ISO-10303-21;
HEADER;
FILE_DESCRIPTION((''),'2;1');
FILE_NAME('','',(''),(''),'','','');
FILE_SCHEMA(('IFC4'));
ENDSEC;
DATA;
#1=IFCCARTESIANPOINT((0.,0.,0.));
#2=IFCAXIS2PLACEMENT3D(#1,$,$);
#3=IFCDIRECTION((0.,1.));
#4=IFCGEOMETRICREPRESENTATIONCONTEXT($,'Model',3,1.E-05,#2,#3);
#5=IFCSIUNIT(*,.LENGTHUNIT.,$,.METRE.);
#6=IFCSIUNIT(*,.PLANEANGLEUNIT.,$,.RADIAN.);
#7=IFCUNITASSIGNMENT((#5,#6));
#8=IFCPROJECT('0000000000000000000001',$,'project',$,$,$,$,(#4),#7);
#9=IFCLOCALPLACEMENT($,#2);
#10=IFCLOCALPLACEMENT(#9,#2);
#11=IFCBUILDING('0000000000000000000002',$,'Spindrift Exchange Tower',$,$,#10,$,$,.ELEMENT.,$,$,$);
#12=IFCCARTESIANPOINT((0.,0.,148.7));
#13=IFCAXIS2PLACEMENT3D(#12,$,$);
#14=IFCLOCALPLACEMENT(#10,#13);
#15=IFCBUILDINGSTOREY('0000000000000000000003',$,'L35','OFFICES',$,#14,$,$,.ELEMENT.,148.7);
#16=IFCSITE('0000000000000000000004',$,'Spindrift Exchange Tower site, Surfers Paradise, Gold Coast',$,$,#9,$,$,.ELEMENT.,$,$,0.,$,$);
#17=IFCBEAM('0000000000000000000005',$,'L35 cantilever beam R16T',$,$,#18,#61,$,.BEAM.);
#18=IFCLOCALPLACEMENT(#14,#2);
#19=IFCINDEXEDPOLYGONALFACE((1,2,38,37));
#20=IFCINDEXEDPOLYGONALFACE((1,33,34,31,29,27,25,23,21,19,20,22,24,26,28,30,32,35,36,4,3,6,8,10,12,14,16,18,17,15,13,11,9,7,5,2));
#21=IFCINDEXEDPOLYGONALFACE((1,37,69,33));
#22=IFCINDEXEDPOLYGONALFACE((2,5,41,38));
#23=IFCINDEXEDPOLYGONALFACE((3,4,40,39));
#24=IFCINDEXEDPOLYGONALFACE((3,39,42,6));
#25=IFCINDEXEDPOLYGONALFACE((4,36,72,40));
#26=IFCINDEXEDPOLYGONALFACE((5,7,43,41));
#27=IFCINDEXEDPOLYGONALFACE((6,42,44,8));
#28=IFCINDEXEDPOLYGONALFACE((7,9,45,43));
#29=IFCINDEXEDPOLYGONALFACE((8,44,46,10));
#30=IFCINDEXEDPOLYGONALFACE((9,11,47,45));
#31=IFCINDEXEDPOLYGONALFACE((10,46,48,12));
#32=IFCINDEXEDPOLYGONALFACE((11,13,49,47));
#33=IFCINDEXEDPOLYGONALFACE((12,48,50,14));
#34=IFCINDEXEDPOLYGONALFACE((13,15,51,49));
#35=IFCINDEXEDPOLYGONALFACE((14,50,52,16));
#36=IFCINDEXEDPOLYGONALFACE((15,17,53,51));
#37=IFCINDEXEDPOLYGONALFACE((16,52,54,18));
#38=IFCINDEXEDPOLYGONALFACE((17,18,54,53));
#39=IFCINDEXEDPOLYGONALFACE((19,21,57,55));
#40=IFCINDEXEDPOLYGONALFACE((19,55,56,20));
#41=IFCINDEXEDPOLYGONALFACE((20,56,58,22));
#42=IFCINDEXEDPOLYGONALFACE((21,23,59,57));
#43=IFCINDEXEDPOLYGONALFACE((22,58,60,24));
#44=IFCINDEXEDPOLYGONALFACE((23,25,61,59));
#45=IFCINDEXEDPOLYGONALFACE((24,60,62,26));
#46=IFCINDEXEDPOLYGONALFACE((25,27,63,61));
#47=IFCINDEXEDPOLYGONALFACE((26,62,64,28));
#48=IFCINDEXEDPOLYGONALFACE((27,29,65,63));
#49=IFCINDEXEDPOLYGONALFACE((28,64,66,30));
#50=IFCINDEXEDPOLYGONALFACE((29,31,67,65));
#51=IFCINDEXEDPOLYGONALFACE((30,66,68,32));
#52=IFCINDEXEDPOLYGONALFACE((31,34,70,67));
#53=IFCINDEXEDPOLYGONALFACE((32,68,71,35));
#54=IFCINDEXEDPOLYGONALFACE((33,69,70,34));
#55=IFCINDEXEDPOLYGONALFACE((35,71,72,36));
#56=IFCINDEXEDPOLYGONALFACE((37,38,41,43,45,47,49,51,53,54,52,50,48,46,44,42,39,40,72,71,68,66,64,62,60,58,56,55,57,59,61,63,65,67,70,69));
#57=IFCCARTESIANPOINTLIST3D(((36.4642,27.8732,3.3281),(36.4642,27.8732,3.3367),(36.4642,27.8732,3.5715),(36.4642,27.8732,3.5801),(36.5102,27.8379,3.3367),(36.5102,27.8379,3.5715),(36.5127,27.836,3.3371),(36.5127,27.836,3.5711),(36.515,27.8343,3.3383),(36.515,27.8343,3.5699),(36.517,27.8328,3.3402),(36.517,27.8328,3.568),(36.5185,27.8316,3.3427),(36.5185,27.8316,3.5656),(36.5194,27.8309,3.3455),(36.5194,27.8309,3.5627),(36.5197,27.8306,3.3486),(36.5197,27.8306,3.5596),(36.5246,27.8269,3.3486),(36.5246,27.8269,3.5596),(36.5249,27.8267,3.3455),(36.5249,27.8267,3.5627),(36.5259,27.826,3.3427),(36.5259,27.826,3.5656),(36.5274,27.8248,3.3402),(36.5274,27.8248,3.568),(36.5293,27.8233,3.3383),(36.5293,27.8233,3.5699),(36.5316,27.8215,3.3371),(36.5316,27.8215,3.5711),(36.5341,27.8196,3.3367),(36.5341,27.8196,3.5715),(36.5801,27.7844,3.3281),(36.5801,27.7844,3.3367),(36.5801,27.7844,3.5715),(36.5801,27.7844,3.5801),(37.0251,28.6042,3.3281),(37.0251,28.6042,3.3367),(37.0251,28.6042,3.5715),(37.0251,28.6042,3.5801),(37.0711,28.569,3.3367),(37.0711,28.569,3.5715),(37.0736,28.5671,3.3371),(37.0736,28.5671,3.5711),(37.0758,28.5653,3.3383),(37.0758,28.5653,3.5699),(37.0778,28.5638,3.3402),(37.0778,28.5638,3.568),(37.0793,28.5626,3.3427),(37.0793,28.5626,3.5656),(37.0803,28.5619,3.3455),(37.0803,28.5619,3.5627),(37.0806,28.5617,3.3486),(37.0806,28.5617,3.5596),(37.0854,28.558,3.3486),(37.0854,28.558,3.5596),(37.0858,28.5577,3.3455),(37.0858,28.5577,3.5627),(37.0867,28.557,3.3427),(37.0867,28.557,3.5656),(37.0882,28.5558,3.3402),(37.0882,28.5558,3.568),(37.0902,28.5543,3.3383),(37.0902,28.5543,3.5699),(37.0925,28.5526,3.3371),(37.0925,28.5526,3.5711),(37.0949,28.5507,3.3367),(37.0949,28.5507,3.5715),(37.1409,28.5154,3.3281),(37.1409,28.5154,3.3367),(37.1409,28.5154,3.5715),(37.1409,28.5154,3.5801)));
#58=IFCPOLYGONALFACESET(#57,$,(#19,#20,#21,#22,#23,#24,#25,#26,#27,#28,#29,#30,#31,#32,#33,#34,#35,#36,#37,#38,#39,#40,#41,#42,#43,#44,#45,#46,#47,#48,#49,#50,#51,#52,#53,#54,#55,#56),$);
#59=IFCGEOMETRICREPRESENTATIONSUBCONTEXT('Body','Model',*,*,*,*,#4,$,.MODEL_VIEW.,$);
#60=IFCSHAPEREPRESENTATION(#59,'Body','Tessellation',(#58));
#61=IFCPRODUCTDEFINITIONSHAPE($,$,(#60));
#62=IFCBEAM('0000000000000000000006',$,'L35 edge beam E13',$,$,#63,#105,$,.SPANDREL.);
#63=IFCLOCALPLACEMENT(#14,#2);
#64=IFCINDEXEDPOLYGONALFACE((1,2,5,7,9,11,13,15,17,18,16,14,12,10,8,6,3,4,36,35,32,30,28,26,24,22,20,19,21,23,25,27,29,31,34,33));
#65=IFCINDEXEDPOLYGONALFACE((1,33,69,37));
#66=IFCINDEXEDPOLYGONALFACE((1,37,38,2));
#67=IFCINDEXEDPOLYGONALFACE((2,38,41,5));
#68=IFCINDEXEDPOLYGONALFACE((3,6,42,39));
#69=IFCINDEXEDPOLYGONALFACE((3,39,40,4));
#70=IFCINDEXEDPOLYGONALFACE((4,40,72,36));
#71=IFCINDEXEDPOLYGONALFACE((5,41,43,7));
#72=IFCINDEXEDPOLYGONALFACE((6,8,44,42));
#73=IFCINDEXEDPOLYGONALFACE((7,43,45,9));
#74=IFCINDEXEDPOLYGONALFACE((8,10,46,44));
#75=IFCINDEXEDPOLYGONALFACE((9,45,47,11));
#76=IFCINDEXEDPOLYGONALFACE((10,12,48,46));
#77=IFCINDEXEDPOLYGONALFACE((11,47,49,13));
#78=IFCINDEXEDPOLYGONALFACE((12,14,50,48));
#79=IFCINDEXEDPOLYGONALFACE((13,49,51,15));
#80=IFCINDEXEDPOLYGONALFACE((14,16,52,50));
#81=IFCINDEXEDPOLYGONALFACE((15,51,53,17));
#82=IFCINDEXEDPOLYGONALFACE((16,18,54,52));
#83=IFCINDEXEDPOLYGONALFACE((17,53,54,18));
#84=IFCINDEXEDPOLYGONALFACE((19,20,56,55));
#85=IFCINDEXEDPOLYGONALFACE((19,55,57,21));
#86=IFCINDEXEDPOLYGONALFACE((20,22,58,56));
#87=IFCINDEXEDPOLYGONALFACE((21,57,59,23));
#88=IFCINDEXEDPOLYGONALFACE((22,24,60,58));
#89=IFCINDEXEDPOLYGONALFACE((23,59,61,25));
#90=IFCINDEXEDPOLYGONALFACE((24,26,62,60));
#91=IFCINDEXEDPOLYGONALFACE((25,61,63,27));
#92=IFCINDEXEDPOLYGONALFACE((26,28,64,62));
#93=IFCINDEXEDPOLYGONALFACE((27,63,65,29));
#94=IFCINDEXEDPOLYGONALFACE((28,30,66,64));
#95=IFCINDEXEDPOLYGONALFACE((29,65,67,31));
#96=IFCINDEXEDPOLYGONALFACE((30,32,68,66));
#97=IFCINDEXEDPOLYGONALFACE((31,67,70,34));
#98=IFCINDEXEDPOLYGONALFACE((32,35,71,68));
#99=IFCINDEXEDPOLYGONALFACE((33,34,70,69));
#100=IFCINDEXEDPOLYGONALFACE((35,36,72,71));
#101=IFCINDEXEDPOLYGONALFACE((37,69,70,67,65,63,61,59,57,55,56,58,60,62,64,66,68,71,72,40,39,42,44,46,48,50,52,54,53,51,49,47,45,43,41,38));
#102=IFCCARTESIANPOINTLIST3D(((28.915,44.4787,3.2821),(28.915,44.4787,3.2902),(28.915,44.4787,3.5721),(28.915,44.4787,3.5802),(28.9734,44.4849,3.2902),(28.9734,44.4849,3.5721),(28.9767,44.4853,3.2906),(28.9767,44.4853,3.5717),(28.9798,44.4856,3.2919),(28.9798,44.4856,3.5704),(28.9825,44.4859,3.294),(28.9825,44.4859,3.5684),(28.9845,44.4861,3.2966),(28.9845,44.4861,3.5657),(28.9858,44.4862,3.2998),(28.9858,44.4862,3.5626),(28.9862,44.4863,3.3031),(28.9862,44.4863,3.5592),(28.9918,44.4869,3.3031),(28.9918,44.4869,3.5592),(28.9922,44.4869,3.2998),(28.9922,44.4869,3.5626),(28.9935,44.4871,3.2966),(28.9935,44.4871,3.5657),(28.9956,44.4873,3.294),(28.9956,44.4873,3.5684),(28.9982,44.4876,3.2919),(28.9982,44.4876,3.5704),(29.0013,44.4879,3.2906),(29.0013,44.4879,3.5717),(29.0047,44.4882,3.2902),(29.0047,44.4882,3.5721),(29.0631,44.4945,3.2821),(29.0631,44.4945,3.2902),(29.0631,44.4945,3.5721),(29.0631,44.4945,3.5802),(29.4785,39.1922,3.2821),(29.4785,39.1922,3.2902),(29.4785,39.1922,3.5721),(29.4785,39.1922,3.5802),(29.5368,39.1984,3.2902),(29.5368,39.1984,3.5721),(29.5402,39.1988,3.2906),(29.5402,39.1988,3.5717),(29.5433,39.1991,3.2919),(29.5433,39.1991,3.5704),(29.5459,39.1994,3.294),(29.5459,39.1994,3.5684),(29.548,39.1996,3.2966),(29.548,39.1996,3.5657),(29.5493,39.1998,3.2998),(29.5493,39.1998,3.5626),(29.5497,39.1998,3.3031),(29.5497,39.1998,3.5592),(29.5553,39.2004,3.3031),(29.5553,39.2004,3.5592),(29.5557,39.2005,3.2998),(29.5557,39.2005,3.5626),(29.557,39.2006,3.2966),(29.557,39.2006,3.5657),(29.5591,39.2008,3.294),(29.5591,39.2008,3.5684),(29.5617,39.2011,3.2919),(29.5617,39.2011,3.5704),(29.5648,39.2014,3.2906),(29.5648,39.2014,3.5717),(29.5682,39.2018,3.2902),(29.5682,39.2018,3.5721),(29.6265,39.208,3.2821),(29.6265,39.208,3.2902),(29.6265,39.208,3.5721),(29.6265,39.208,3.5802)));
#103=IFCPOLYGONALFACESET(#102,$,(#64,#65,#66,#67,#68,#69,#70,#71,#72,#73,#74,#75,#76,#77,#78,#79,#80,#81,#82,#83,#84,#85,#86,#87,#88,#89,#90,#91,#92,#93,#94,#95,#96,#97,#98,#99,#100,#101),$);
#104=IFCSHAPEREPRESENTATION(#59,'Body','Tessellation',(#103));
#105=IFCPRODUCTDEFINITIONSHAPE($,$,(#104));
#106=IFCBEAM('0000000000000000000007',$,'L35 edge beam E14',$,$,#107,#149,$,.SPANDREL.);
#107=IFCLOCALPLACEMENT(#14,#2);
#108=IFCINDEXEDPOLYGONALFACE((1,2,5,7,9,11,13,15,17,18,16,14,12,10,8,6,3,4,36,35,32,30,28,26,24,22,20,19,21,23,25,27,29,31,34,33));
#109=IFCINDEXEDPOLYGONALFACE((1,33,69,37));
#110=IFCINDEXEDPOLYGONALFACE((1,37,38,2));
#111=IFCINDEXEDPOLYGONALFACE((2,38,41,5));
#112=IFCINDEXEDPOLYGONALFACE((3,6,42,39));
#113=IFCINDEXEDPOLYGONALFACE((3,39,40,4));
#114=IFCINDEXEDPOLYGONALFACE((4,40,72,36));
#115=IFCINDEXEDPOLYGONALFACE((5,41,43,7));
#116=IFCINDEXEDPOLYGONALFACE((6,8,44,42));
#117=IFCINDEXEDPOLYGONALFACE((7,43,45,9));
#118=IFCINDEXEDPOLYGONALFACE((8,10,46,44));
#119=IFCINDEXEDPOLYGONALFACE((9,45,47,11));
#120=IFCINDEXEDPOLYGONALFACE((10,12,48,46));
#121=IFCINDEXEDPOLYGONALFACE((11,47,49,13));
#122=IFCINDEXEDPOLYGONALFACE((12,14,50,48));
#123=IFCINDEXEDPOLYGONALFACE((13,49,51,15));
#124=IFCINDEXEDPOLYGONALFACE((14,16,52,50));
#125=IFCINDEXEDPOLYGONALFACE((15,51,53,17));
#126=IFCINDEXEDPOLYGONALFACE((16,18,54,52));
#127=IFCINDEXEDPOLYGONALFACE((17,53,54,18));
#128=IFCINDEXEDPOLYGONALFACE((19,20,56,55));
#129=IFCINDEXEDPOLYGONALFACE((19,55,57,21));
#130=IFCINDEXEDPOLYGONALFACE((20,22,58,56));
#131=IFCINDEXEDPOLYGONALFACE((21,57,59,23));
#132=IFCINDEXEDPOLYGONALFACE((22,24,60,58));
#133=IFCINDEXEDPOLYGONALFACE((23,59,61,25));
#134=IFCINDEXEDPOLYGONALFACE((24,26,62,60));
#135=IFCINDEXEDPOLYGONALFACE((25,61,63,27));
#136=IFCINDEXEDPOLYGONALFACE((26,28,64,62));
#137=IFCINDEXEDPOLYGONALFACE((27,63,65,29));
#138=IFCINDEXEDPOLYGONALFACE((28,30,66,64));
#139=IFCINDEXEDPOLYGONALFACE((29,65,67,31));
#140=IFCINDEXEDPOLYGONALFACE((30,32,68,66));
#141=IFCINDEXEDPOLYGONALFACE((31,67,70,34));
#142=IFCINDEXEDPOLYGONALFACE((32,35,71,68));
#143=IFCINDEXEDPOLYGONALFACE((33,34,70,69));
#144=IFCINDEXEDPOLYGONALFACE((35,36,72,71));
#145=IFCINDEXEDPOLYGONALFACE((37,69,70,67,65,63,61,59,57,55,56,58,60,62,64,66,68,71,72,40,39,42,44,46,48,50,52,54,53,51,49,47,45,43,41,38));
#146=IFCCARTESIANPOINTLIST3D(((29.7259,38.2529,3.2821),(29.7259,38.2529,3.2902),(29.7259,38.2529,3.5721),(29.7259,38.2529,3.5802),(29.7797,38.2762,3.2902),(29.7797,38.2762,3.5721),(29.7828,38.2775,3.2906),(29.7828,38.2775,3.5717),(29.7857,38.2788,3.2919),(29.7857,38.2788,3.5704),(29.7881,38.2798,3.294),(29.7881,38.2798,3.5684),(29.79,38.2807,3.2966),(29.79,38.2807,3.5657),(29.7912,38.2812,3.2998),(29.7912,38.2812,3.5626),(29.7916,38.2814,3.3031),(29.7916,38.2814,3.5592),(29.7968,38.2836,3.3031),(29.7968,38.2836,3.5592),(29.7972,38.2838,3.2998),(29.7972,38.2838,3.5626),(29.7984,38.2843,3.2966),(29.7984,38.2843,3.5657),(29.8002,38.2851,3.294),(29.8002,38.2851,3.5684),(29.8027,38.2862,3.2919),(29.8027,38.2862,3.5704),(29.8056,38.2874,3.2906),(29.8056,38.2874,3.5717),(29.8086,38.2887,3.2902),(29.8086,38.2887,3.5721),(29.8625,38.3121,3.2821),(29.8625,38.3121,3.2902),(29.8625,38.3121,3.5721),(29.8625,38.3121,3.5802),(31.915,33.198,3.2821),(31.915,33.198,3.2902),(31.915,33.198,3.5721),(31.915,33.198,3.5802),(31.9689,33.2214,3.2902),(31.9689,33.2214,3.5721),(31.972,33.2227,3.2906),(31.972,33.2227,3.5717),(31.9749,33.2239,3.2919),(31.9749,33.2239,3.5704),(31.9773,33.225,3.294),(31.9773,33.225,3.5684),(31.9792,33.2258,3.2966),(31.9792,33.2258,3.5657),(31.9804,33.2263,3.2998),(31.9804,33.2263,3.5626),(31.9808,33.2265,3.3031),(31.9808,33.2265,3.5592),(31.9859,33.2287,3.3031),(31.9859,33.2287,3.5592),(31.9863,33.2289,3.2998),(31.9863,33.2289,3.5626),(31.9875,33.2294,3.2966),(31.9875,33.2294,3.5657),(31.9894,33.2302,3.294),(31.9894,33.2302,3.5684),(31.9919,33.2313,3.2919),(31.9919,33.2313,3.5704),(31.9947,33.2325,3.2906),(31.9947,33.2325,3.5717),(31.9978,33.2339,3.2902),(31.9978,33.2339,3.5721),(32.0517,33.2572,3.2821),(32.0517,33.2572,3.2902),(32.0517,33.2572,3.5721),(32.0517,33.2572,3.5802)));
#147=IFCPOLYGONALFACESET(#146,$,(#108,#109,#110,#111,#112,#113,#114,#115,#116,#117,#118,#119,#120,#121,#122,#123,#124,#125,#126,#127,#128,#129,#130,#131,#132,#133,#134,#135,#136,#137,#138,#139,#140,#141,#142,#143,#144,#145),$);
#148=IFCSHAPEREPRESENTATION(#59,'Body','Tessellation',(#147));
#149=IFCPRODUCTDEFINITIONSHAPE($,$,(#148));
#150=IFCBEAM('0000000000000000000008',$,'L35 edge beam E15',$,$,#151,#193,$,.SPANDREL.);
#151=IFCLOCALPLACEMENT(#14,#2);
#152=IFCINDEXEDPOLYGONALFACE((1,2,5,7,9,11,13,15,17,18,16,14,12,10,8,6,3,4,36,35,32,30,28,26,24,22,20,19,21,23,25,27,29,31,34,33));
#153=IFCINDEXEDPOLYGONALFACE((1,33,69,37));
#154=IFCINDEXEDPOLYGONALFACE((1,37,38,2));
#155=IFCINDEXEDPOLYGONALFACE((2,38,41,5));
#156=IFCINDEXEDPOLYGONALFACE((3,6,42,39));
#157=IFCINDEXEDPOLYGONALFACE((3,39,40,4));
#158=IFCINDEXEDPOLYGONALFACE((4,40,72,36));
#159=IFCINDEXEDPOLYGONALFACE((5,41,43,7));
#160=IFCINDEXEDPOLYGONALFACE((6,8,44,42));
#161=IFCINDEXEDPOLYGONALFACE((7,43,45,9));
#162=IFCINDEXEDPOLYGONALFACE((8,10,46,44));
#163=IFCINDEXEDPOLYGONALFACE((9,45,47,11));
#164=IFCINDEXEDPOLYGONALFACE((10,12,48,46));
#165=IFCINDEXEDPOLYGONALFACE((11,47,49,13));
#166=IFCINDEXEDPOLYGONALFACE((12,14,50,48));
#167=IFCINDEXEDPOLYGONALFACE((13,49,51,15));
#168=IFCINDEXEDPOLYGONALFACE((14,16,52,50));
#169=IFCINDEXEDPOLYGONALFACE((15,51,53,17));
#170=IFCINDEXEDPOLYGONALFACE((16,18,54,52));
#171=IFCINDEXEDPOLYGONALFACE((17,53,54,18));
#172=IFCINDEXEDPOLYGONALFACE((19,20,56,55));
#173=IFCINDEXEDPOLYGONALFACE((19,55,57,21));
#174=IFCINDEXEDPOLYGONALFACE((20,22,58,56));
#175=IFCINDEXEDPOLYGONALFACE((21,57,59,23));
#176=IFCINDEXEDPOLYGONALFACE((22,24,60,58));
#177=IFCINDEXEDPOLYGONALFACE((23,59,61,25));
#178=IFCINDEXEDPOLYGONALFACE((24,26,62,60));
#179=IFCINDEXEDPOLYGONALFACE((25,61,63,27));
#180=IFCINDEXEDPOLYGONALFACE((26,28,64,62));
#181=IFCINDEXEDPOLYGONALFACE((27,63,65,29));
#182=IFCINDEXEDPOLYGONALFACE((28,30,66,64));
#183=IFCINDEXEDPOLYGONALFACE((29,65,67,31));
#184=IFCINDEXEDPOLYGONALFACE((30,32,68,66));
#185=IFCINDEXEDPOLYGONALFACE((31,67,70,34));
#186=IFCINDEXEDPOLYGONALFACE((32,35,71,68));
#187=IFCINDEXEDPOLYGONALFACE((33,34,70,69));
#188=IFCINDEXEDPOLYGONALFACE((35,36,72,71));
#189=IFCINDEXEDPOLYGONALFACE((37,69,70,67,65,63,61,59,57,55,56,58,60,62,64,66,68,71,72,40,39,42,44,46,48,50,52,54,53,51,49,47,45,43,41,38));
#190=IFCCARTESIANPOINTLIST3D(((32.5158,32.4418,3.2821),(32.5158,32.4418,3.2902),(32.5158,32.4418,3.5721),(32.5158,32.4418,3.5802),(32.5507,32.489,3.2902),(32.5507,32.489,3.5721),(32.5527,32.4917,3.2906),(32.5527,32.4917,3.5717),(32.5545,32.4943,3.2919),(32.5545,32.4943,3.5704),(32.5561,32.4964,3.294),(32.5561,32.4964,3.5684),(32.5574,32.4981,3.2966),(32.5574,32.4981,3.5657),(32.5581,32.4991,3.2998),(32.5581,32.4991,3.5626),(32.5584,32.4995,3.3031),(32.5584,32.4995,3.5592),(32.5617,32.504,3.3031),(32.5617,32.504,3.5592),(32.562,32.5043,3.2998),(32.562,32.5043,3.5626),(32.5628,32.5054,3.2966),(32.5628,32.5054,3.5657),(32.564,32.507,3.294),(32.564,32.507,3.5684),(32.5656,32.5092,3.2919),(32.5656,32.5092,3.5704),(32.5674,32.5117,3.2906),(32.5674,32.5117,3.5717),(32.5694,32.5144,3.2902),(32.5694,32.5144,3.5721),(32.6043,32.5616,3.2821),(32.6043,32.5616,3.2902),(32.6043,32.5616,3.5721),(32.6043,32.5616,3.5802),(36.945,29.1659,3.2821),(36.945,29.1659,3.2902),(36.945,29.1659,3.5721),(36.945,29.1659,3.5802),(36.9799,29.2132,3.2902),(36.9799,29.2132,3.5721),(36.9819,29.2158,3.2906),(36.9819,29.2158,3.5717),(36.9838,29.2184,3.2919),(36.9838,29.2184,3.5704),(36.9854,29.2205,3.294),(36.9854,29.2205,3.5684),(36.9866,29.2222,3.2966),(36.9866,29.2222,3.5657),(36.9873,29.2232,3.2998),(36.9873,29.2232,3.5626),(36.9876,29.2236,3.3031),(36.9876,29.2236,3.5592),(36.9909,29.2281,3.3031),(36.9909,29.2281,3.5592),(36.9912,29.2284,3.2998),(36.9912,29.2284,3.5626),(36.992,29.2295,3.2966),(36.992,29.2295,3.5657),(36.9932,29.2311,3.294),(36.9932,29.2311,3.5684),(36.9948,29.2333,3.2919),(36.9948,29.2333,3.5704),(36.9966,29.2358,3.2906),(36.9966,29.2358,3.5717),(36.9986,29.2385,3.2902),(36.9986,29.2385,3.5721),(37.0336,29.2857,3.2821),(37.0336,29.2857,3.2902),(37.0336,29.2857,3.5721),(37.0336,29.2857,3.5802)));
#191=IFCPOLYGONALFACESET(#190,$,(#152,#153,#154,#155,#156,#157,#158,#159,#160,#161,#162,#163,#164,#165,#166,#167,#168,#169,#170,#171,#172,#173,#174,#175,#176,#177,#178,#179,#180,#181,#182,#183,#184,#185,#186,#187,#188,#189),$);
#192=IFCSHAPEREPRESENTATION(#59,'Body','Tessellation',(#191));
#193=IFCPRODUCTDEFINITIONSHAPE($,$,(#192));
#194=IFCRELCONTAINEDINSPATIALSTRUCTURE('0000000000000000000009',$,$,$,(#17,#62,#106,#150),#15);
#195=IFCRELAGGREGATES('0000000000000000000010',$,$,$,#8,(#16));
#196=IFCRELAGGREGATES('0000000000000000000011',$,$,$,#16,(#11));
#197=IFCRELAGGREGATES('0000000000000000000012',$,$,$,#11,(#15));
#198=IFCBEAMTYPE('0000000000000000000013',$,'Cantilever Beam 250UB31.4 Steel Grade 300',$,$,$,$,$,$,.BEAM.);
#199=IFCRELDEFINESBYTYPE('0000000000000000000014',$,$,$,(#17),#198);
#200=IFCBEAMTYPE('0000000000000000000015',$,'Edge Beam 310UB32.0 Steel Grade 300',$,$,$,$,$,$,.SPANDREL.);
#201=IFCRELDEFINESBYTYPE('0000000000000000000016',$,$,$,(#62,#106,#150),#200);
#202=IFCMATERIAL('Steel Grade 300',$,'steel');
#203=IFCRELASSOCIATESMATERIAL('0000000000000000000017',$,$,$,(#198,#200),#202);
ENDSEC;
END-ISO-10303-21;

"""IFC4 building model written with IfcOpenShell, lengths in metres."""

from ifc_helpers import new_model, si_unit, direction, frame, origin, origin_2d, place, context, subcontext, project, spatial, i_section, extrude, source, transform, mapped, material, material_profile, profile_set, type_object, element, save


model = new_model("IFC4")

# Units and contexts
model_context = context("Model", 3, precision=1e-05, world=origin(), true_north=direction((0.0, 1.0)))
body_context = subcontext(model_context, "Body", "Model", "MODEL_VIEW")
ifc_project = project(units=[si_unit("LENGTHUNIT", "METRE"), si_unit("PLANEANGLEUNIT", "RADIAN")], contexts=[model_context])

# Site, building, storey
site_placement = place(None, origin())
site = spatial("IfcSite", under=ifc_project, at=site_placement, Name="Spindrift Exchange Tower site, Surfers Paradise, Gold Coast", CompositionType="ELEMENT", RefElevation=0.0)
building_placement = place(site_placement, origin())
building = spatial("IfcBuilding", under=site, at=building_placement, Name="Spindrift Exchange Tower", CompositionType="ELEMENT")
storey_placement = place(building_placement, frame((0.0, 0.0, 148.7)))
storey = spatial("IfcBuildingStorey", under=building, at=storey_placement, Name="L35", Description="OFFICES", CompositionType="ELEMENT", Elevation=148.7)

# Beams
ifc_material_1 = material(Name="Steel Grade 300", Category="steel")
ifc_material_profile_1 = material_profile(ifc_material_1, i_section(OverallWidth=0.146, OverallDepth=0.252, WebThickness=0.0061, FlangeThickness=0.0085, FilletRadius=0.012, at=origin_2d()), Name="250UB31.4")
ifc_profile_set_1 = profile_set([ifc_material_profile_1], Name="Steel Grade 300")
beam_type_1 = type_object("IfcBeamType", Name="Cantilever Beam 250UB31.4 Steel Grade 300", PredefinedType="BEAM", material=ifc_profile_set_1)
shared_shape_1 = source(origin(), body_context, "Body", "SweptSolid", [
    extrude(i_section(OverallWidth=0.146, OverallDepth=0.252, WebThickness=0.0061, FlangeThickness=0.0085, FilletRadius=0.012, at=origin_2d()), origin(), (0.0, 0.0, 1.0), 0.9214),
])
beam_1_placement = place(storey_placement, frame((37.083, 28.5598, 3.4541), z_axis=(-0.608699, -0.793402, 0.0), x_axis=(0.793402, -0.608699, 0.0)))
element("IfcBeam", 1, at=beam_1_placement, inside=storey, type_object=beam_type_1, Name="L35 cantilever beam R16T", PredefinedType="BEAM", context=body_context, shape_type="MappedRepresentation", body=[
    mapped(shared_shape_1, transform((0.0, 0.0, 0.0), scale=1.0)),
])
ifc_material_profile_2 = material_profile(ifc_material_1, i_section(OverallWidth=0.1489, OverallDepth=0.2981, WebThickness=0.0056, FlangeThickness=0.0081, FilletRadius=0.0129, at=origin_2d()), Name="310UB32.0")
ifc_profile_set_2 = profile_set([ifc_material_profile_2], Name="Steel Grade 300")
beam_type_2 = type_object("IfcBeamType", Name="Edge Beam 310UB32.0 Steel Grade 300", PredefinedType="SPANDREL", material=ifc_profile_set_2)
shared_shape_2 = source(origin(), body_context, "Body", "SweptSolid", [
    extrude(i_section(OverallWidth=0.1489, OverallDepth=0.2981, WebThickness=0.0056, FlangeThickness=0.0081, FilletRadius=0.0129, at=origin_2d()), origin(), (0.0, 0.0, 1.0), 5.3164),
])
beam_2_placement = place(storey_placement, frame((28.989, 44.4866, 3.4312), z_axis=(0.10599, -0.994367, 0.0), x_axis=(0.994367, 0.10599, 0.0)))
element("IfcBeam", 2, at=beam_2_placement, inside=storey, type_object=beam_type_2, Name="L35 edge beam E13", PredefinedType="SPANDREL", context=body_context, shape_type="MappedRepresentation", body=[
    mapped(shared_shape_2, transform((0.0, 0.0, 0.0), scale=1.0)),
])
shared_shape_3 = source(origin(), body_context, "Body", "SweptSolid", [
    extrude(i_section(OverallWidth=0.1489, OverallDepth=0.2981, WebThickness=0.0056, FlangeThickness=0.0081, FilletRadius=0.0129, at=origin_2d()), origin(), (0.0, 0.0, 1.0), 5.5085),
])
beam_3_placement = place(storey_placement, frame((29.7942, 38.2825, 3.4312), z_axis=(0.397415, -0.917639, 0.0), x_axis=(0.917639, 0.397415, 0.0)))
element("IfcBeam", 3, at=beam_3_placement, inside=storey, type_object=beam_type_2, Name="L35 edge beam E14", PredefinedType="SPANDREL", context=body_context, shape_type="MappedRepresentation", body=[
    mapped(shared_shape_3, transform((0.0, 0.0, 0.0), scale=1.0)),
])
shared_shape_4 = source(origin(), body_context, "Body", "SweptSolid", [
    extrude(i_section(OverallWidth=0.1489, OverallDepth=0.2981, WebThickness=0.0056, FlangeThickness=0.0081, FilletRadius=0.0129, at=origin_2d()), origin(), (0.0, 0.0, 1.0), 5.509),
])
beam_4_placement = place(storey_placement, frame((32.5601, 32.5017, 3.4312), z_axis=(0.803992, -0.59464, 0.0), x_axis=(0.59464, 0.803992, 0.0)))
element("IfcBeam", 4, at=beam_4_placement, inside=storey, type_object=beam_type_2, Name="L35 edge beam E15", PredefinedType="SPANDREL", context=body_context, shape_type="MappedRepresentation", body=[
    mapped(shared_shape_4, transform((0.0, 0.0, 0.0), scale=1.0)),
])

save(model, "model.ifc")
